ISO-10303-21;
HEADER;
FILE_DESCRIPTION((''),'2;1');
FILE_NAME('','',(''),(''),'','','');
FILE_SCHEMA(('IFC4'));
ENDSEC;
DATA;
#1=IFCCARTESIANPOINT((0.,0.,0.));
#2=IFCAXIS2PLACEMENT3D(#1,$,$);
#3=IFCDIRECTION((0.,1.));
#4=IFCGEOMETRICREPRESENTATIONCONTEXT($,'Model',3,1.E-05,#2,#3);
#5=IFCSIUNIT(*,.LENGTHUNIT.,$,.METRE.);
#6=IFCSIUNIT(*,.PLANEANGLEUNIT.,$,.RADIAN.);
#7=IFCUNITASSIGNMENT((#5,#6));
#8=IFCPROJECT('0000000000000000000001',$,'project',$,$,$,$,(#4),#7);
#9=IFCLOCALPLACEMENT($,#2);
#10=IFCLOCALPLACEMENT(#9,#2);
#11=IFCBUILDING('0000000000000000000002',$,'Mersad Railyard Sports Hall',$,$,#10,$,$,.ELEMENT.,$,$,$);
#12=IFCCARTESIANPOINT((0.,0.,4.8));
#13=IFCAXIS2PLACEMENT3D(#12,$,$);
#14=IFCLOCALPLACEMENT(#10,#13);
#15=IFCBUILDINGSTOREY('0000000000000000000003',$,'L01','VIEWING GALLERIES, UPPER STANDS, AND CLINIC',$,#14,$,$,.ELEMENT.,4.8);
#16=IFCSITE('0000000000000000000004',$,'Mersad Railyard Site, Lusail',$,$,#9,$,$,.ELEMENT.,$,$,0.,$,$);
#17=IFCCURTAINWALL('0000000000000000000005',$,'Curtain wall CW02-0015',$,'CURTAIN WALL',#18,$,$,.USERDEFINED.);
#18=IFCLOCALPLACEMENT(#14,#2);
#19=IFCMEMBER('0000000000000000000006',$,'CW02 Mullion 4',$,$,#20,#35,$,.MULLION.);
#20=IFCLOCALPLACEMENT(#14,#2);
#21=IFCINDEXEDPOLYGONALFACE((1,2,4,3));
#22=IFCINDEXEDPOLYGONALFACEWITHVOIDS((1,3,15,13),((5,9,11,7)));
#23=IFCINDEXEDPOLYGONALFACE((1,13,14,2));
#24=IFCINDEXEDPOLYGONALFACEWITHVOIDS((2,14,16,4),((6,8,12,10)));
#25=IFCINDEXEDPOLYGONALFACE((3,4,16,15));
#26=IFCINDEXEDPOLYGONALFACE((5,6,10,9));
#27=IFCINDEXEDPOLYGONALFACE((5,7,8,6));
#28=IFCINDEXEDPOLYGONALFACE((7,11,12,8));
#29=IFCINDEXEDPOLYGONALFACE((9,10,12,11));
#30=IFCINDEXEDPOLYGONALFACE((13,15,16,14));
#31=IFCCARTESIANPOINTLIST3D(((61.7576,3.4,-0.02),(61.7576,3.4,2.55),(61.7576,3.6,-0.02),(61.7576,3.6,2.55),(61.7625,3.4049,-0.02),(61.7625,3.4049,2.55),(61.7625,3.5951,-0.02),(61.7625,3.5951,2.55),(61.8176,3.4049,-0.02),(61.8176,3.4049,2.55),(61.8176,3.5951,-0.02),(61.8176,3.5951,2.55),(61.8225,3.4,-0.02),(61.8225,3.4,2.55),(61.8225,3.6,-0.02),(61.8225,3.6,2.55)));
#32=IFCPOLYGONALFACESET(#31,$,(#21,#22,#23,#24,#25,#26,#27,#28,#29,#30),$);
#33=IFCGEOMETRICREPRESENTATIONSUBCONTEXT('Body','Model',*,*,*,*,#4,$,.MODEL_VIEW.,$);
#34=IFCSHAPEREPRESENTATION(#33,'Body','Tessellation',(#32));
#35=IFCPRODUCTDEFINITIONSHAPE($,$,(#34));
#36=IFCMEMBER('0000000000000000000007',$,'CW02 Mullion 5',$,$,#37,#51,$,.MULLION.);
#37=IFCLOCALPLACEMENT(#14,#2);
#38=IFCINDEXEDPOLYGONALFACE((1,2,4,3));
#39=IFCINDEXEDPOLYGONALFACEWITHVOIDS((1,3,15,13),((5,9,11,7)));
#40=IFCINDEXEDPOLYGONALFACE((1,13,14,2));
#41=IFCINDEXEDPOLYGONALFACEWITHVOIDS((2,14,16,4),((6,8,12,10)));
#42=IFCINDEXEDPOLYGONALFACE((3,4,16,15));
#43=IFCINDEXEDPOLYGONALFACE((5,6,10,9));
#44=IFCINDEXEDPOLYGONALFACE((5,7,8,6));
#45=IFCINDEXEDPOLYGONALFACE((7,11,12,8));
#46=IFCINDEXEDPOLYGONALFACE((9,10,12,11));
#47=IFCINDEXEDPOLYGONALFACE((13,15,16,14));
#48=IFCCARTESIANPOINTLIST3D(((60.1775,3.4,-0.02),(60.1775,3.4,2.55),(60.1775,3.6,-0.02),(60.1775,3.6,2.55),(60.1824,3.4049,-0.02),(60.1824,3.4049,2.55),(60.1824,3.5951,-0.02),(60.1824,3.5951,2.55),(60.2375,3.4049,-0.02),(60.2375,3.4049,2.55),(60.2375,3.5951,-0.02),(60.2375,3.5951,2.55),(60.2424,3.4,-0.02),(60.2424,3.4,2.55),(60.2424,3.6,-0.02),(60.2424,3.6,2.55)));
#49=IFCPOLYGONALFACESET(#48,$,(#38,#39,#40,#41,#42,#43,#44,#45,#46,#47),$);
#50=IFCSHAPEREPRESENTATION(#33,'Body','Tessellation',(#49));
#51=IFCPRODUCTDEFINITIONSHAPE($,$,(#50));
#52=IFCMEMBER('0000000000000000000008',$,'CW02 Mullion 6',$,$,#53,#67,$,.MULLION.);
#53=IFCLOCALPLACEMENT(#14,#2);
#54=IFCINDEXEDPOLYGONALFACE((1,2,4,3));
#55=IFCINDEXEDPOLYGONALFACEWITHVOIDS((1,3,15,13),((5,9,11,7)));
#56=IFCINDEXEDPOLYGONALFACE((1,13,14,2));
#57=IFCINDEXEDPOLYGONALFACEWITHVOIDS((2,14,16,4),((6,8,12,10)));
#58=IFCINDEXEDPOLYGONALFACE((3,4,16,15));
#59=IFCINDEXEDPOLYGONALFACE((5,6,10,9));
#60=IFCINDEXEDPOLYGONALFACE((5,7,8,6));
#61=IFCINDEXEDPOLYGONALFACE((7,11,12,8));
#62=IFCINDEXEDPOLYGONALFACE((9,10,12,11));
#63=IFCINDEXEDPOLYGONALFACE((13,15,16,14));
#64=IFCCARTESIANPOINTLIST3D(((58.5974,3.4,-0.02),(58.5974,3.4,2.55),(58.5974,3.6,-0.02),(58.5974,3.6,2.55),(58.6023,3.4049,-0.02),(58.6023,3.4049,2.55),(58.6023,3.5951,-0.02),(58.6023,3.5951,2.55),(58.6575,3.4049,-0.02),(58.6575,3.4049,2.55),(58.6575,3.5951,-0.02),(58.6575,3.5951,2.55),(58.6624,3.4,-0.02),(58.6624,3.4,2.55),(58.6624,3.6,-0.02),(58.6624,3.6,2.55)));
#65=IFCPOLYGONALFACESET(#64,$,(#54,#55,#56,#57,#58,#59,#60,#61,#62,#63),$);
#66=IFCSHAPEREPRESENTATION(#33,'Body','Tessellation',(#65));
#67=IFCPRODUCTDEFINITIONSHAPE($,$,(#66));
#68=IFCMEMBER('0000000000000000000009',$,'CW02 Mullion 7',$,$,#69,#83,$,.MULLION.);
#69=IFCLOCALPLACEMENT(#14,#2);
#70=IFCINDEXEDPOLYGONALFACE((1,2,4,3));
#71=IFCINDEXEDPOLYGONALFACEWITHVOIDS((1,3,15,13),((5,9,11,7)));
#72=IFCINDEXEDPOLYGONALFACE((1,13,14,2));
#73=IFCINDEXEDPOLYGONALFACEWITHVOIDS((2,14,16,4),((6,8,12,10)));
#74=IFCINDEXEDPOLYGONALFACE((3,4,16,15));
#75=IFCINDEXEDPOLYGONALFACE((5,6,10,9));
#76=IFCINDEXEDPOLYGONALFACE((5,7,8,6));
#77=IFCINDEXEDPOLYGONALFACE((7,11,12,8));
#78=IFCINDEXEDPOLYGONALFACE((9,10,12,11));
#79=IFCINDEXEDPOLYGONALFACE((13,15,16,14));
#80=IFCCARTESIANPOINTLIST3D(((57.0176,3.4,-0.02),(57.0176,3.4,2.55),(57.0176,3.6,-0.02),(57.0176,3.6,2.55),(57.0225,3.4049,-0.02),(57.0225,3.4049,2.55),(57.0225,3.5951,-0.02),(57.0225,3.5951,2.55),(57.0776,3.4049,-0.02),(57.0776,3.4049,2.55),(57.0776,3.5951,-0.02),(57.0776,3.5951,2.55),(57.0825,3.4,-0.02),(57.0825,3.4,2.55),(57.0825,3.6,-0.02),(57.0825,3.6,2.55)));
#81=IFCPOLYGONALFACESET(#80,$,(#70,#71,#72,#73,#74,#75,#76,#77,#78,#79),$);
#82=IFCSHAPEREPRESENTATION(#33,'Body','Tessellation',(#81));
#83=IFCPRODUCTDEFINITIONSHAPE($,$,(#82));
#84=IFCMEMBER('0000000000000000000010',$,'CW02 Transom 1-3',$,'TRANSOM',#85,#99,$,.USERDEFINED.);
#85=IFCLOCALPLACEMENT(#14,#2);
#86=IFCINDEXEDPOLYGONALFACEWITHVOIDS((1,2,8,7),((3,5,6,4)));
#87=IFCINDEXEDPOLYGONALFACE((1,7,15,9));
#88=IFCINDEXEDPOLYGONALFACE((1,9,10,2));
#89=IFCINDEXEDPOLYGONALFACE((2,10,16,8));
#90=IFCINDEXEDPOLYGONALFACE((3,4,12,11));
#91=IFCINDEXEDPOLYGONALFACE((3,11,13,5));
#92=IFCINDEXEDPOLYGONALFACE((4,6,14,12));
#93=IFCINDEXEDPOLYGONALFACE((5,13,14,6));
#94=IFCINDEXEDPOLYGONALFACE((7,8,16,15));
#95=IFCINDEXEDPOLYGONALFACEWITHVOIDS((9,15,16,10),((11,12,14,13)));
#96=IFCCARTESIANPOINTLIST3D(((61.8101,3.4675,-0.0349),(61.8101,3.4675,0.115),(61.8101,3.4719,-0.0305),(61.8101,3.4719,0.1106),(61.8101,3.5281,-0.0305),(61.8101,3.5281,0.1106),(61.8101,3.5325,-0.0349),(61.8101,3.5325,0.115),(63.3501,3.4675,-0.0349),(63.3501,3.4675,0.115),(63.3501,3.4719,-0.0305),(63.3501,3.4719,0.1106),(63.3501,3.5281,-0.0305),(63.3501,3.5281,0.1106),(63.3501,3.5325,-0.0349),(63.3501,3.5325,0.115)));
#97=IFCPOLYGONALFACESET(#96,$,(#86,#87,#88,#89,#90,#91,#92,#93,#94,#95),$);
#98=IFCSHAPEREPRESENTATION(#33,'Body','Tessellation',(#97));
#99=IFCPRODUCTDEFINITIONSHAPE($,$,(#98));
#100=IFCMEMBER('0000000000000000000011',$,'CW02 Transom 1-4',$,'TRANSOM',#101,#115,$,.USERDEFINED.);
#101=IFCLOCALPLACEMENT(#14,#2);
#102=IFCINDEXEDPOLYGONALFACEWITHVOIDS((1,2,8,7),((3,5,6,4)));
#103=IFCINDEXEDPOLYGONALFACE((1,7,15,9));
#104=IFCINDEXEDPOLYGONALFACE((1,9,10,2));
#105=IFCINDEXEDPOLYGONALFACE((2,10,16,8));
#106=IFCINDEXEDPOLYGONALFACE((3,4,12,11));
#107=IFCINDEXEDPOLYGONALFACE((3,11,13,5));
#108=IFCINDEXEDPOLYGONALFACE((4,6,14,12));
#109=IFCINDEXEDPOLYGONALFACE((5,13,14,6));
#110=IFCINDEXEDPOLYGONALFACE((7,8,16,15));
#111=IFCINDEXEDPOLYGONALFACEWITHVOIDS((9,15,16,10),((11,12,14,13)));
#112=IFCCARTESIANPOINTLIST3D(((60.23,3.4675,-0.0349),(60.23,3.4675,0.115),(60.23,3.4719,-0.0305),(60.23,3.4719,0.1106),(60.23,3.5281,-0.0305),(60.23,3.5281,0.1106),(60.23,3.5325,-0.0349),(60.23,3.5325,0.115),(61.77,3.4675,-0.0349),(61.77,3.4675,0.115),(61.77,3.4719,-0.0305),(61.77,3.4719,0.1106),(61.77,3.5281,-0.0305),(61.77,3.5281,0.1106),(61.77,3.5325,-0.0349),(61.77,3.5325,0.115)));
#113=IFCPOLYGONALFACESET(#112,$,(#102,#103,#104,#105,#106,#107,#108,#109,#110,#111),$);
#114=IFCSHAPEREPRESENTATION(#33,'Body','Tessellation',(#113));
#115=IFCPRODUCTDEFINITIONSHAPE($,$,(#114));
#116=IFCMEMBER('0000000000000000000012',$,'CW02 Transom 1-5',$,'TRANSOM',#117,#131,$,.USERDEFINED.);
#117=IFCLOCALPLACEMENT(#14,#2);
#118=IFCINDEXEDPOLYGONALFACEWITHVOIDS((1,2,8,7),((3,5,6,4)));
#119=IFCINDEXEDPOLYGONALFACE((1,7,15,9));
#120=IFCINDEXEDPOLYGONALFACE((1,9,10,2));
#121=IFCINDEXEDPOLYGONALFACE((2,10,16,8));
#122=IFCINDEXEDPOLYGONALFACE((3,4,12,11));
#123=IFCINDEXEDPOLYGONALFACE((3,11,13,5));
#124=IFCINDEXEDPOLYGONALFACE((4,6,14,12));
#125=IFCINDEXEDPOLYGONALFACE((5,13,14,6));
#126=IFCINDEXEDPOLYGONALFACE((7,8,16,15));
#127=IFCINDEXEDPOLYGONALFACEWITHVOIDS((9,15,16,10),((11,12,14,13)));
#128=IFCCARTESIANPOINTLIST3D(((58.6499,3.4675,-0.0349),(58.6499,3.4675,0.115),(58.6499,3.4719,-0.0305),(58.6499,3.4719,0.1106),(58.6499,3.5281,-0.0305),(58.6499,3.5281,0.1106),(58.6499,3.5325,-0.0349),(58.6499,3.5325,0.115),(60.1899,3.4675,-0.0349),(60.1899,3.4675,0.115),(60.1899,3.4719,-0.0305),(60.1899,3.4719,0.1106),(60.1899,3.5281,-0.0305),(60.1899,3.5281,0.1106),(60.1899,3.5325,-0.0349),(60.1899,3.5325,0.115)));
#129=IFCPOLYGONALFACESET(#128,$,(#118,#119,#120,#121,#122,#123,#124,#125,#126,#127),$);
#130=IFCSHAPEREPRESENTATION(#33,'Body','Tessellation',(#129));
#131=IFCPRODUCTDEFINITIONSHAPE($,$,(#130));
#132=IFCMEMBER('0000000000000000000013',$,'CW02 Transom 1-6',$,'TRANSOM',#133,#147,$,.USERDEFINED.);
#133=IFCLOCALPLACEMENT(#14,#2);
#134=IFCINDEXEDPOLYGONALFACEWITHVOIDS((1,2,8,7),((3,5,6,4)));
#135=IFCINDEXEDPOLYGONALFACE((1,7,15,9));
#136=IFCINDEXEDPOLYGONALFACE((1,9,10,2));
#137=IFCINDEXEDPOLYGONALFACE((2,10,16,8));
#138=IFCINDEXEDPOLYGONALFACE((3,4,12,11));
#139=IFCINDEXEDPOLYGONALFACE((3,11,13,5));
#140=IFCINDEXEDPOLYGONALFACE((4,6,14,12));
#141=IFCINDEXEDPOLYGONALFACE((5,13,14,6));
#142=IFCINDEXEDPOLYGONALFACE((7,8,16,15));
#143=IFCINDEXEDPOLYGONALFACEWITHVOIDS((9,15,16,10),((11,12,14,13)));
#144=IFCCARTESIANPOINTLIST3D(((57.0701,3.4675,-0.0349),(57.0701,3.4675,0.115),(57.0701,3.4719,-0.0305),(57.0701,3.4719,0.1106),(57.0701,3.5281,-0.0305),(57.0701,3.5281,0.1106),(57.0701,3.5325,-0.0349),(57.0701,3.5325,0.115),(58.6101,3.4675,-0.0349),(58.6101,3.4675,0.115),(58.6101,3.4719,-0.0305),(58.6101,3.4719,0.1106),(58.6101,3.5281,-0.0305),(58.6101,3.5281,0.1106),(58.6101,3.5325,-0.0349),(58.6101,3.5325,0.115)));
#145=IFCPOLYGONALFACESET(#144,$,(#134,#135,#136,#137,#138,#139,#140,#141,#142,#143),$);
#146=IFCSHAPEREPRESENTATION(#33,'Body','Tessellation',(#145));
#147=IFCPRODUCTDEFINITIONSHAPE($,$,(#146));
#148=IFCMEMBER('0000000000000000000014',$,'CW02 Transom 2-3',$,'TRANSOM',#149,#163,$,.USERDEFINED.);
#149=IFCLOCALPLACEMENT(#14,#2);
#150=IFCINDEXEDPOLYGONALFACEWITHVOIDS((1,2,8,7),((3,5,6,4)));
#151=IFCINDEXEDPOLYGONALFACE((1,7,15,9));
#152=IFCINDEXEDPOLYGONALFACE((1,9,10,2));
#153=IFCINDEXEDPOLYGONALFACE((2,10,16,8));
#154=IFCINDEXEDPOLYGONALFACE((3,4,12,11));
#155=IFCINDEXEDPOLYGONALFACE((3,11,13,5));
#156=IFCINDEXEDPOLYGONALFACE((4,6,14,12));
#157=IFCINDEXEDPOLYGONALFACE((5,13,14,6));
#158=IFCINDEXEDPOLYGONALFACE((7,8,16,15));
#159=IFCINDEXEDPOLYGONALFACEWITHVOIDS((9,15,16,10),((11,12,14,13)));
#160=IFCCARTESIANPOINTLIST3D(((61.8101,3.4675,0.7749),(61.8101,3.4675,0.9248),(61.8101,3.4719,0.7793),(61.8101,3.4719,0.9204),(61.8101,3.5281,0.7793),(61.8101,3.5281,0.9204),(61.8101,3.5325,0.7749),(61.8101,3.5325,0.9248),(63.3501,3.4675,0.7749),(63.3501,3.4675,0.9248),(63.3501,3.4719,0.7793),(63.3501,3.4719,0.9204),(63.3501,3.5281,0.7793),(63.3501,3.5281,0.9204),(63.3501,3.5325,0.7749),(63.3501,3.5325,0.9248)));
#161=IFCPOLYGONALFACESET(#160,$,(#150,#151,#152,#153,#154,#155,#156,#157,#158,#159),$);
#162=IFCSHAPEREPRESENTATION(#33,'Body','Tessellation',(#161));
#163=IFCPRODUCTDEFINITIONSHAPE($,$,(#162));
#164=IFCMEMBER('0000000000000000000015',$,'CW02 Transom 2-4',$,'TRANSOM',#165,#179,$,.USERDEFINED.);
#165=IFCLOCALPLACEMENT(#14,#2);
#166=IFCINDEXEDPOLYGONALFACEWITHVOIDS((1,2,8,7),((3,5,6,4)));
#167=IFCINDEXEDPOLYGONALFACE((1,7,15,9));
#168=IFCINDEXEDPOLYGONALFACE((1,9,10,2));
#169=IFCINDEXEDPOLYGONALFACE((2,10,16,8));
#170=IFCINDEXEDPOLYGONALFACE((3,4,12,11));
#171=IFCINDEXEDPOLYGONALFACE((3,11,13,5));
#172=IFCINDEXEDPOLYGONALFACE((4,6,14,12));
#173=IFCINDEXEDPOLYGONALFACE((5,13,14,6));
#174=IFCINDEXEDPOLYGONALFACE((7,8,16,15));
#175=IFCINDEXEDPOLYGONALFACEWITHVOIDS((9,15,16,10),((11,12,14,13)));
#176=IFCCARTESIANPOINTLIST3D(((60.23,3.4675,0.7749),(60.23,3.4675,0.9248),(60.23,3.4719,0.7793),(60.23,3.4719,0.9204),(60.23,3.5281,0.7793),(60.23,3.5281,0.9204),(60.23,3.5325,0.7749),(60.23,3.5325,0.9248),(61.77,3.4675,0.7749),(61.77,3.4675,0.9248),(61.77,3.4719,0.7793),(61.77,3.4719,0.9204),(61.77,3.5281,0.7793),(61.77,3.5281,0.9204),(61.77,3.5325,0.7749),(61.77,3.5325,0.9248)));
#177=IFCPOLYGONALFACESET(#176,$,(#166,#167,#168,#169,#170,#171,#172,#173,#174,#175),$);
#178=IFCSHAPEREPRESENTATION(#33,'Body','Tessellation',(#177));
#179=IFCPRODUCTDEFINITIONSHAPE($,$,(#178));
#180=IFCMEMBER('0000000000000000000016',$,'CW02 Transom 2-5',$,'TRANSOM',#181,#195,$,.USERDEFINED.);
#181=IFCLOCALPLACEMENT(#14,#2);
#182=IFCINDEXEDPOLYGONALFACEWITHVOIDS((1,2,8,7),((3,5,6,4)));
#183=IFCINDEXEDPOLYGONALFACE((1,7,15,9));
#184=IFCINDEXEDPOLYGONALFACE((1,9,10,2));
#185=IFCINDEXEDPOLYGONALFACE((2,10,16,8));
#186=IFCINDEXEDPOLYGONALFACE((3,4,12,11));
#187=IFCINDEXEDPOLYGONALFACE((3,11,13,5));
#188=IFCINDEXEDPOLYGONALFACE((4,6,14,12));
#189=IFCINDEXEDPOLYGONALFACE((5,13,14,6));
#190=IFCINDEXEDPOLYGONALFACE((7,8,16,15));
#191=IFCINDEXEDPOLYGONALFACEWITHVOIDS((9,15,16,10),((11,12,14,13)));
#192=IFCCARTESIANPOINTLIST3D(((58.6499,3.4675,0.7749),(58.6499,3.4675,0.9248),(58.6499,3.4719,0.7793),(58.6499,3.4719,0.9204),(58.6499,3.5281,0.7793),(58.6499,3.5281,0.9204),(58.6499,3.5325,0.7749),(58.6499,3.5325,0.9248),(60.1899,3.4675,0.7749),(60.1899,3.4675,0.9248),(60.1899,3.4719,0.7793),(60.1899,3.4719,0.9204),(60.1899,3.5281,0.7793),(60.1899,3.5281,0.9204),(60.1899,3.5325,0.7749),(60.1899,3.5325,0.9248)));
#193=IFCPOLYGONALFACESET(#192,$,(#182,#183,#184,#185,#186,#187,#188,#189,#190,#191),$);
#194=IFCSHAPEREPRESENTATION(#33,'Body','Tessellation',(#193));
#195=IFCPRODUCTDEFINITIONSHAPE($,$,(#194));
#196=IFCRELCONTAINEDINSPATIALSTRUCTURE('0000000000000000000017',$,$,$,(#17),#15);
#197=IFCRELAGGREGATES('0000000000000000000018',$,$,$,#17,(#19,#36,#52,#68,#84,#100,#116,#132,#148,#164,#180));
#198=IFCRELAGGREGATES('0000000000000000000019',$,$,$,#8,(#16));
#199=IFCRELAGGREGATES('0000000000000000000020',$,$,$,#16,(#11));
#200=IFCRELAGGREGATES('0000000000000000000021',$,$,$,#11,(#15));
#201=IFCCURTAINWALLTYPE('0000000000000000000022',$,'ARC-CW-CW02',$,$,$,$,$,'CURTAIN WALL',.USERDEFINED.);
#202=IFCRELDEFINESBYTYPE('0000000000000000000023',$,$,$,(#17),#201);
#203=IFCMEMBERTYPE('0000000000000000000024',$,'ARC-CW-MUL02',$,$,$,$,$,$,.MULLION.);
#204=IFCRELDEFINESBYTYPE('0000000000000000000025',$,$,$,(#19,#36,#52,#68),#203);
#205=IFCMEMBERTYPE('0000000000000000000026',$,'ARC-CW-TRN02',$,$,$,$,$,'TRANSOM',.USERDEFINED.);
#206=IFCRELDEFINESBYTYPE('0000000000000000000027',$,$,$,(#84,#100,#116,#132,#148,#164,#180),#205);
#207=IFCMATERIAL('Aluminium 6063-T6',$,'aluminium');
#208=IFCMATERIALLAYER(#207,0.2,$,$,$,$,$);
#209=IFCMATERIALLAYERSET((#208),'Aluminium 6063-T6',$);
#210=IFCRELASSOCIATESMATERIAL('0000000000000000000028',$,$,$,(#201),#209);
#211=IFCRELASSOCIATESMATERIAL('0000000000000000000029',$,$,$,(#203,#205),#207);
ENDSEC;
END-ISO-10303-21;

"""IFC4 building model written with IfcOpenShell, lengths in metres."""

from ifc_helpers import new_model, si_unit, direction, frame, origin, origin_2d, place, context, subcontext, project, spatial, hollow_rectangle, extrude, material, layer, layer_set, material_profile, profile_set, type_object, element, aggregate, save


model = new_model("IFC4")

# Units and contexts
model_context = context("Model", 3, precision=1e-05, world=origin(), true_north=direction((0.0, 1.0)))
body_context = subcontext(model_context, "Body", "Model", "MODEL_VIEW")
ifc_project = project(units=[si_unit("LENGTHUNIT", "METRE"), si_unit("PLANEANGLEUNIT", "RADIAN")], contexts=[model_context])

# Site, building, storey
site_placement = place(None, origin())
site = spatial("IfcSite", under=ifc_project, at=site_placement, Name="Mersad Railyard Site, Lusail", CompositionType="ELEMENT", RefElevation=0.0)
building_placement = place(site_placement, origin())
building = spatial("IfcBuilding", under=site, at=building_placement, Name="Mersad Railyard Sports Hall", CompositionType="ELEMENT")
storey_placement = place(building_placement, frame((0.0, 0.0, 4.8)))
storey = spatial("IfcBuildingStorey", under=building, at=storey_placement, Name="L01", Description="VIEWING GALLERIES, UPPER STANDS, AND CLINIC", CompositionType="ELEMENT", Elevation=4.8)

# Curtain wall, members
ifc_material_1 = material(Name="Aluminium 6063-T6", Category="aluminium")
ifc_layer_1 = layer(ifc_material_1, 0.2)
ifc_layer_set_1 = layer_set([ifc_layer_1], Name="Aluminium 6063-T6")
curtain_wall_type = type_object("IfcCurtainWallType", Name="ARC-CW-CW02", ElementType="CURTAIN WALL", PredefinedType="USERDEFINED", material=ifc_layer_set_1)
curtain_wall_placement = place(storey_placement, origin())
curtain_wall = element("IfcCurtainWall", 1, at=curtain_wall_placement, inside=storey, type_object=curtain_wall_type, Name="Curtain wall CW02-0015", ObjectType="CURTAIN WALL", PredefinedType="USERDEFINED")
ifc_material_profile_1 = material_profile(ifc_material_1, hollow_rectangle(XDim=0.0649, YDim=0.2, WallThickness=0.0049, at=origin_2d()), Name="AL MULLION 65x200x5")
ifc_profile_set_1 = profile_set([ifc_material_profile_1], Name="Aluminium 6063-T6")
member_type_1 = type_object("IfcMemberType", Name="ARC-CW-MUL02", PredefinedType="MULLION", material=ifc_profile_set_1)
member_1_placement = place(storey_placement, frame((61.79, 3.5, -0.02), z_axis=(0.0, 0.0, 1.0), x_axis=(1.0, 0.0, 0.0)))
member_1 = element("IfcMember", 2, at=member_1_placement, type_object=member_type_1, Name="CW02 Mullion 4", PredefinedType="MULLION", context=body_context, shape_type="SweptSolid", body=[
    extrude(hollow_rectangle(XDim=0.0649, YDim=0.2, WallThickness=0.0049, at=origin_2d()), origin(), (0.0, 0.0, 1.0), 2.5701),
])
member_2_placement = place(storey_placement, frame((60.21, 3.5, -0.02), z_axis=(0.0, 0.0, 1.0), x_axis=(1.0, 0.0, 0.0)))
member_2 = element("IfcMember", 3, at=member_2_placement, type_object=member_type_1, Name="CW02 Mullion 5", PredefinedType="MULLION", context=body_context, shape_type="SweptSolid", body=[
    extrude(hollow_rectangle(XDim=0.0649, YDim=0.2, WallThickness=0.0049, at=origin_2d()), origin(), (0.0, 0.0, 1.0), 2.5701),
])
member_3_placement = place(storey_placement, frame((58.6299, 3.5, -0.02), z_axis=(0.0, 0.0, 1.0), x_axis=(1.0, 0.0, 0.0)))
member_3 = element("IfcMember", 4, at=member_3_placement, type_object=member_type_1, Name="CW02 Mullion 6", PredefinedType="MULLION", context=body_context, shape_type="SweptSolid", body=[
    extrude(hollow_rectangle(XDim=0.0649, YDim=0.2, WallThickness=0.0049, at=origin_2d()), origin(), (0.0, 0.0, 1.0), 2.5701),
])
member_4_placement = place(storey_placement, frame((57.05, 3.5, -0.02), z_axis=(0.0, 0.0, 1.0), x_axis=(1.0, 0.0, 0.0)))
member_4 = element("IfcMember", 5, at=member_4_placement, type_object=member_type_1, Name="CW02 Mullion 7", PredefinedType="MULLION", context=body_context, shape_type="SweptSolid", body=[
    extrude(hollow_rectangle(XDim=0.0649, YDim=0.2, WallThickness=0.0049, at=origin_2d()), origin(), (0.0, 0.0, 1.0), 2.5701),
])
ifc_material_profile_2 = material_profile(ifc_material_1, hollow_rectangle(XDim=0.0649, YDim=0.1499, WallThickness=0.0044, at=origin_2d()), Name="AL TRANSOM 65x150x4.5")
ifc_profile_set_2 = profile_set([ifc_material_profile_2], Name="Aluminium 6063-T6")
member_type_2 = type_object("IfcMemberType", Name="ARC-CW-TRN02", ElementType="TRANSOM", PredefinedType="USERDEFINED", material=ifc_profile_set_2)
member_5_placement = place(storey_placement, frame((63.3501, 3.5, 0.04), z_axis=(-1.0, 0.0, 0.0), x_axis=(0.0, -1.0, 0.0)))
member_5 = element("IfcMember", 6, at=member_5_placement, type_object=member_type_2, Name="CW02 Transom 1-3", ObjectType="TRANSOM", PredefinedType="USERDEFINED", context=body_context, shape_type="SweptSolid", body=[
    extrude(hollow_rectangle(XDim=0.0649, YDim=0.1499, WallThickness=0.0044, at=origin_2d()), origin(), (0.0, 0.0, 1.0), 1.54),
])
member_6_placement = place(storey_placement, frame((61.77, 3.5, 0.04), z_axis=(-1.0, 0.0, 0.0), x_axis=(0.0, -1.0, 0.0)))
member_6 = element("IfcMember", 7, at=member_6_placement, type_object=member_type_2, Name="CW02 Transom 1-4", ObjectType="TRANSOM", PredefinedType="USERDEFINED", context=body_context, shape_type="SweptSolid", body=[
    extrude(hollow_rectangle(XDim=0.0649, YDim=0.1499, WallThickness=0.0044, at=origin_2d()), origin(), (0.0, 0.0, 1.0), 1.54),
])
member_7_placement = place(storey_placement, frame((60.1899, 3.5, 0.04), z_axis=(-1.0, 0.0, 0.0), x_axis=(0.0, -1.0, 0.0)))
member_7 = element("IfcMember", 8, at=member_7_placement, type_object=member_type_2, Name="CW02 Transom 1-5", ObjectType="TRANSOM", PredefinedType="USERDEFINED", context=body_context, shape_type="SweptSolid", body=[
    extrude(hollow_rectangle(XDim=0.0649, YDim=0.1499, WallThickness=0.0044, at=origin_2d()), origin(), (0.0, 0.0, 1.0), 1.54),
])
member_8_placement = place(storey_placement, frame((58.6101, 3.5, 0.04), z_axis=(-1.0, 0.0, 0.0), x_axis=(0.0, -1.0, 0.0)))
member_8 = element("IfcMember", 9, at=member_8_placement, type_object=member_type_2, Name="CW02 Transom 1-6", ObjectType="TRANSOM", PredefinedType="USERDEFINED", context=body_context, shape_type="SweptSolid", body=[
    extrude(hollow_rectangle(XDim=0.0649, YDim=0.1499, WallThickness=0.0044, at=origin_2d()), origin(), (0.0, 0.0, 1.0), 1.54),
])
member_9_placement = place(storey_placement, frame((63.3501, 3.5, 0.8499), z_axis=(-1.0, 0.0, 0.0), x_axis=(0.0, -1.0, 0.0)))
member_9 = element("IfcMember", 10, at=member_9_placement, type_object=member_type_2, Name="CW02 Transom 2-3", ObjectType="TRANSOM", PredefinedType="USERDEFINED", context=body_context, shape_type="SweptSolid", body=[
    extrude(hollow_rectangle(XDim=0.0649, YDim=0.1499, WallThickness=0.0044, at=origin_2d()), origin(), (0.0, 0.0, 1.0), 1.54),
])
member_10_placement = place(storey_placement, frame((61.77, 3.5, 0.8499), z_axis=(-1.0, 0.0, 0.0), x_axis=(0.0, -1.0, 0.0)))
member_10 = element("IfcMember", 11, at=member_10_placement, type_object=member_type_2, Name="CW02 Transom 2-4", ObjectType="TRANSOM", PredefinedType="USERDEFINED", context=body_context, shape_type="SweptSolid", body=[
    extrude(hollow_rectangle(XDim=0.0649, YDim=0.1499, WallThickness=0.0044, at=origin_2d()), origin(), (0.0, 0.0, 1.0), 1.54),
])
member_11_placement = place(storey_placement, frame((60.1899, 3.5, 0.8499), z_axis=(-1.0, 0.0, 0.0), x_axis=(0.0, -1.0, 0.0)))
member_11 = element("IfcMember", 12, at=member_11_placement, type_object=member_type_2, Name="CW02 Transom 2-5", ObjectType="TRANSOM", PredefinedType="USERDEFINED", context=body_context, shape_type="SweptSolid", body=[
    extrude(hollow_rectangle(XDim=0.0649, YDim=0.1499, WallThickness=0.0044, at=origin_2d()), origin(), (0.0, 0.0, 1.0), 1.54),
])

aggregate(curtain_wall, [member_1, member_2, member_3, member_4, member_5, member_6, member_7, member_8, member_9, member_10, member_11])

save(model, "model.ifc")
